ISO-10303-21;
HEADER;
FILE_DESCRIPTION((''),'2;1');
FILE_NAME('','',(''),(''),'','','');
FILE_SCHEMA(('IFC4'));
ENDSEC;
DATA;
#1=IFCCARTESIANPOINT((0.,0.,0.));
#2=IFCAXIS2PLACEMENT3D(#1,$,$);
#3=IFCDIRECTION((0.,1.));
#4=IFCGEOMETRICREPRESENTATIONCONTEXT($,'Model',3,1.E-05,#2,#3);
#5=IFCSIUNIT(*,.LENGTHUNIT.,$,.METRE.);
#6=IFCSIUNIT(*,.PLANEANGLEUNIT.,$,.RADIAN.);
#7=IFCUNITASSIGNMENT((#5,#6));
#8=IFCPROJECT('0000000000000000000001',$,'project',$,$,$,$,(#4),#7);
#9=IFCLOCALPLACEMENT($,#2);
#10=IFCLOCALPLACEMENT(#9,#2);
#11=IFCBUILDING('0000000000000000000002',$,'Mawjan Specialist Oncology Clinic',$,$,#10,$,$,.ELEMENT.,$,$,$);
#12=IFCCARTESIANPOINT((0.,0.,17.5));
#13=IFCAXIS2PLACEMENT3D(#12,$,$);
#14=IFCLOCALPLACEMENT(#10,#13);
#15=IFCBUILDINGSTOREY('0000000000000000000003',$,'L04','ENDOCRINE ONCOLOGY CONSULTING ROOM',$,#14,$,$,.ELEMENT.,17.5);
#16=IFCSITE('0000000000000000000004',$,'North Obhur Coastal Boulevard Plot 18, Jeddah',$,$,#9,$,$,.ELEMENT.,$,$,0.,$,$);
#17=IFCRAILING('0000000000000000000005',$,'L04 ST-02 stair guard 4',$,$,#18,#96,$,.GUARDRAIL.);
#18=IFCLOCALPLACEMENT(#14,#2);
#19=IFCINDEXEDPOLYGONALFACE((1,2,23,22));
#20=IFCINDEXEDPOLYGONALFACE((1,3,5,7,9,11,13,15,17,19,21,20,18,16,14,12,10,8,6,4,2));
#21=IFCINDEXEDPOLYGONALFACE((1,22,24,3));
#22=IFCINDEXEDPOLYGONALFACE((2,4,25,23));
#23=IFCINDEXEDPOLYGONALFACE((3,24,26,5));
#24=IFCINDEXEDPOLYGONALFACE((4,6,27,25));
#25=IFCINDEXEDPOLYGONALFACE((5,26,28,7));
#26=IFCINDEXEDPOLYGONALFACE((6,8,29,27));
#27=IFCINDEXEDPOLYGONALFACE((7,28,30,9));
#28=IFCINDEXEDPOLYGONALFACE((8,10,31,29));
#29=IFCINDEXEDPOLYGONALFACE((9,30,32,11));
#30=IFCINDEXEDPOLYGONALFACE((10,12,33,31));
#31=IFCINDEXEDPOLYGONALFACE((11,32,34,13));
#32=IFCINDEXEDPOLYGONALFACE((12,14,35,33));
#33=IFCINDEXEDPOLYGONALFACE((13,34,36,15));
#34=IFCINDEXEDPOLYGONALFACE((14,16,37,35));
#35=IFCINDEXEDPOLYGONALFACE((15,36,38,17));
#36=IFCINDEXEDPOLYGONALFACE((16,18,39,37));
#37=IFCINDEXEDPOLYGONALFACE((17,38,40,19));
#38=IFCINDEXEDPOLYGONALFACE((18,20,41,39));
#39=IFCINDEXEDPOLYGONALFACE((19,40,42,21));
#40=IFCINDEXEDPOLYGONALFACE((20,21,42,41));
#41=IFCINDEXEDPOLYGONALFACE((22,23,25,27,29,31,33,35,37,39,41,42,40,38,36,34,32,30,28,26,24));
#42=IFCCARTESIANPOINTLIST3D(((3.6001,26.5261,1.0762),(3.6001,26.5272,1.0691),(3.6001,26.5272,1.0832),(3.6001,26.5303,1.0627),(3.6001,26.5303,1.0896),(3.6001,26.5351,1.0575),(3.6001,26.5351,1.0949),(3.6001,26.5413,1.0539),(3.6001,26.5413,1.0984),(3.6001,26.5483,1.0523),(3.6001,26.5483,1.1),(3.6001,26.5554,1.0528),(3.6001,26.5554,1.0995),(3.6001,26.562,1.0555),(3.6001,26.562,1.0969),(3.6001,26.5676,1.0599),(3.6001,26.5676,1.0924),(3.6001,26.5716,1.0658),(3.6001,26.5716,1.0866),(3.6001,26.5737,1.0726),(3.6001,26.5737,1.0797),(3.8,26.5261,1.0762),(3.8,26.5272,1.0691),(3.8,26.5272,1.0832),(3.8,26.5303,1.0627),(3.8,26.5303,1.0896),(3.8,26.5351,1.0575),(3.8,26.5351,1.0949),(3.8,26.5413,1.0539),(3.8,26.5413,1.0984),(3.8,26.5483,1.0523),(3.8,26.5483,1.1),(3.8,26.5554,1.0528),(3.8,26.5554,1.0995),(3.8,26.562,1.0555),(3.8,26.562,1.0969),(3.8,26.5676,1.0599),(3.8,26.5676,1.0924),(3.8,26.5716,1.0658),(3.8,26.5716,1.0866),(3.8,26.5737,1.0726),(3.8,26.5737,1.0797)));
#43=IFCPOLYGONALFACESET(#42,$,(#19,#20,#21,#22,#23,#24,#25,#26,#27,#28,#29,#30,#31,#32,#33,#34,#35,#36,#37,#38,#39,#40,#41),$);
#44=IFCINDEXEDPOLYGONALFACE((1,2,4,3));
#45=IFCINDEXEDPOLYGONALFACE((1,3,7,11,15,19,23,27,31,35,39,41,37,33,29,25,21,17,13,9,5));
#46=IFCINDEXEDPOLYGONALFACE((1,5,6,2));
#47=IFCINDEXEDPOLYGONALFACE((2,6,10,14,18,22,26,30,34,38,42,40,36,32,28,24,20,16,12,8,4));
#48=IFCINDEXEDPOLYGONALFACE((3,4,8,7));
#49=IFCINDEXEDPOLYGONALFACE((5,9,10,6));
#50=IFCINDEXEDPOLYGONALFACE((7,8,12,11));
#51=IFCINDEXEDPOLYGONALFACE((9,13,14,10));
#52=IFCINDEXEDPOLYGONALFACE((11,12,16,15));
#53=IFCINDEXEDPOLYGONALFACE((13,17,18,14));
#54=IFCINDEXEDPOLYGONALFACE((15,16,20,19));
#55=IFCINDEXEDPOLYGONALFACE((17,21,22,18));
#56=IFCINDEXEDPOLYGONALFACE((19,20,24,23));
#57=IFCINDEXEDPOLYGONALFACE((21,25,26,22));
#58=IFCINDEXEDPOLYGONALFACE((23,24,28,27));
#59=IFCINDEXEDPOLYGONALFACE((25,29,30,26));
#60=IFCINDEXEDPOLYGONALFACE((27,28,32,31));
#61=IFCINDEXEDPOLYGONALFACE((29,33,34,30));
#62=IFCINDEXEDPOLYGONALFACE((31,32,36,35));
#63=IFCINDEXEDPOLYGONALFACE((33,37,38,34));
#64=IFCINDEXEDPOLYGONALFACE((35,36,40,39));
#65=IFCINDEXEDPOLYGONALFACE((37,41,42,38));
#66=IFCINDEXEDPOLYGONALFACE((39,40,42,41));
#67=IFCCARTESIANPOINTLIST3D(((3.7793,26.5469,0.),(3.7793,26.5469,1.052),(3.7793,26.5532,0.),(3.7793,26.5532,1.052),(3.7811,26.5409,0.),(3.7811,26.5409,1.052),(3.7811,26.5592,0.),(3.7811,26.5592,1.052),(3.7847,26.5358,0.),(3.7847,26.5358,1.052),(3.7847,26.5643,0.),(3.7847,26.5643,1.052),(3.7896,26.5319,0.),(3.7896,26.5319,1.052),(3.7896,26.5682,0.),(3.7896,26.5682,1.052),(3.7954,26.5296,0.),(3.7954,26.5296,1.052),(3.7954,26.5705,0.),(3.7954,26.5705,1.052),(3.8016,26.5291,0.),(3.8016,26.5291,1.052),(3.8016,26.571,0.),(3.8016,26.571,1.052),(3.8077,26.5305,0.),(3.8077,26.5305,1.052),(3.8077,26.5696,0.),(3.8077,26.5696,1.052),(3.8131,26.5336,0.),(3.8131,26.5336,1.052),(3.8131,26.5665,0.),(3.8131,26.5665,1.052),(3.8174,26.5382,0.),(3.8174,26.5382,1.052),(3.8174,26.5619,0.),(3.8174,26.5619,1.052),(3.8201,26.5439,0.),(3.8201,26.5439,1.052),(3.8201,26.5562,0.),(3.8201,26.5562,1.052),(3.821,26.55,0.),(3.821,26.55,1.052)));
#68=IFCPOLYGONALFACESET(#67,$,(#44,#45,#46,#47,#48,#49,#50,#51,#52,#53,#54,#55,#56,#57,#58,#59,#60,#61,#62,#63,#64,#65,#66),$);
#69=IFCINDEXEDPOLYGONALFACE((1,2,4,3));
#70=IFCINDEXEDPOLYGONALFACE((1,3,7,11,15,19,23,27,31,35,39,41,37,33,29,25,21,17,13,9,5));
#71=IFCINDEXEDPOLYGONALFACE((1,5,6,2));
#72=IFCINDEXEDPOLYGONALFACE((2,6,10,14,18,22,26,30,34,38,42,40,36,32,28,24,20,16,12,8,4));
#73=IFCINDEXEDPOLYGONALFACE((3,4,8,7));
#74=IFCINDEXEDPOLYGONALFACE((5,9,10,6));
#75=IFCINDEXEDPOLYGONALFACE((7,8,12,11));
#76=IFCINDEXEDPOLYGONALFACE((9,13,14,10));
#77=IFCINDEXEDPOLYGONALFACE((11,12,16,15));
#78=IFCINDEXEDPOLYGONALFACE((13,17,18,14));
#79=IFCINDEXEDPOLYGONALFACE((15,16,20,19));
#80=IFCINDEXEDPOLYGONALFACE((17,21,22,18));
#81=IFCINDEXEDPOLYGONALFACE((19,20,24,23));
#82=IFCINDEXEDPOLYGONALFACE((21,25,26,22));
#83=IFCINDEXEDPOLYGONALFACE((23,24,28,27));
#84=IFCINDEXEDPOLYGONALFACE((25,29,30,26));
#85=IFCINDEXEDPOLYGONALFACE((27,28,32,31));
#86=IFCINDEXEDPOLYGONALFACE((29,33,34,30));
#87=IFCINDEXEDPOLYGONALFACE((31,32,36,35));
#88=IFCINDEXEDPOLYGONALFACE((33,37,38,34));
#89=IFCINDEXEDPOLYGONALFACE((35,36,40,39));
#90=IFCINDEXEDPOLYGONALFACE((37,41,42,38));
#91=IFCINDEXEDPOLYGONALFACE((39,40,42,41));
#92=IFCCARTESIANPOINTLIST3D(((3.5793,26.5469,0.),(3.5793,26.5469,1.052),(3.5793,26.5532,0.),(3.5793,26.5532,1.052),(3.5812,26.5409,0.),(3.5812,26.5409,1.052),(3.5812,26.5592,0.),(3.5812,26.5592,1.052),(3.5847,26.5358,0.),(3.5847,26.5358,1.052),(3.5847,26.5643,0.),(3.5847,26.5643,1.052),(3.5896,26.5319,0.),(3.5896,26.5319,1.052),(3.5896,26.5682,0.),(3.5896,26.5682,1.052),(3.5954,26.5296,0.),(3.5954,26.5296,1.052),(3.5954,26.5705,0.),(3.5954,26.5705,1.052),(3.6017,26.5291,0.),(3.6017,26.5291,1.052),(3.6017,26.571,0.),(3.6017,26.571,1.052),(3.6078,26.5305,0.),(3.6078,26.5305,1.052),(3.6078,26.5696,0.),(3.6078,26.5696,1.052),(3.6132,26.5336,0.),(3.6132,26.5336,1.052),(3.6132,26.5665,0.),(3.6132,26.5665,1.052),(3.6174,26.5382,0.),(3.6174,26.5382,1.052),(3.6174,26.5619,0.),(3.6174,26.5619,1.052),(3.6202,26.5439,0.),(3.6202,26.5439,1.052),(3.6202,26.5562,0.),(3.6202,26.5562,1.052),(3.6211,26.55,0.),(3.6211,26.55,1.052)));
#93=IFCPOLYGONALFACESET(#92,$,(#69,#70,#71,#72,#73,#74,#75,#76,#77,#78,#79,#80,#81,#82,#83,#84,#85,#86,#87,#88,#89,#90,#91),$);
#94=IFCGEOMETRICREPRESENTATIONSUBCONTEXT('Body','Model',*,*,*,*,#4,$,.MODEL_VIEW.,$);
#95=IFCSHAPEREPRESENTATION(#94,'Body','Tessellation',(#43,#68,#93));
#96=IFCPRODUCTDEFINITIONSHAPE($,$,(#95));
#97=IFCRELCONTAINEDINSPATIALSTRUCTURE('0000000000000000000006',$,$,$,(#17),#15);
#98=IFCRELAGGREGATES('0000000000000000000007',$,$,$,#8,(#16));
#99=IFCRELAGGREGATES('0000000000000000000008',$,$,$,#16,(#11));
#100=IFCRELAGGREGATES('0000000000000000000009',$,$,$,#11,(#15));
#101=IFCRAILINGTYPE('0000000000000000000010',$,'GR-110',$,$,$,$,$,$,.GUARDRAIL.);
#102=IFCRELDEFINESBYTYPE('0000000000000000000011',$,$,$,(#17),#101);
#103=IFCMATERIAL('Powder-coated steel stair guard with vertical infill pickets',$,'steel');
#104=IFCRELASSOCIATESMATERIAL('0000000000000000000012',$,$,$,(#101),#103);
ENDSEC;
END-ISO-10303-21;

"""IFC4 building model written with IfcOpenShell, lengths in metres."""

from ifc_helpers import new_model, si_unit, direction, frame, origin, origin_2d, place, context, subcontext, project, spatial, circle, extrude, material, type_object, element, save


model = new_model("IFC4")

# Units and contexts
model_context = context("Model", 3, precision=1e-05, world=origin(), true_north=direction((0.0, 1.0)))
body_context = subcontext(model_context, "Body", "Model", "MODEL_VIEW")
ifc_project = project(units=[si_unit("LENGTHUNIT", "METRE"), si_unit("PLANEANGLEUNIT", "RADIAN")], contexts=[model_context])

# Site, building, storey
site_placement = place(None, origin())
site = spatial("IfcSite", under=ifc_project, at=site_placement, Name="North Obhur Coastal Boulevard Plot 18, Jeddah", CompositionType="ELEMENT", RefElevation=0.0)
building_placement = place(site_placement, origin())
building = spatial("IfcBuilding", under=site, at=building_placement, Name="Mawjan Specialist Oncology Clinic", CompositionType="ELEMENT")
storey_placement = place(building_placement, frame((0.0, 0.0, 17.5)))
storey = spatial("IfcBuildingStorey", under=building, at=storey_placement, Name="L04", Description="ENDOCRINE ONCOLOGY CONSULTING ROOM", CompositionType="ELEMENT", Elevation=17.5)

# Railing
ifc_material_1 = material(Name="Powder-coated steel stair guard with vertical infill pickets", Category="steel")
railing_type_1 = type_object("IfcRailingType", Name="GR-110", PredefinedType="GUARDRAIL", material=ifc_material_1)
railing_1_placement = place(storey_placement, frame((3.8, 26.55, 0.0)))
element("IfcRailing", 1, at=railing_1_placement, inside=storey, type_object=railing_type_1, Name="L04 ST-02 stair guard 4", PredefinedType="GUARDRAIL", context=body_context, shape_type="SweptSolid", body=[
    extrude(circle(Radius=0.0239, at=origin_2d()), frame((0.0, 0.0, 1.0762), z_axis=(-1.0, 0.0, 0.0), x_axis=(0.0, -1.0, 0.0)), (0.0, 0.0, 1.0), 0.2),
    extrude(circle(Radius=0.021, at=origin_2d()), origin(), (0.0, 0.0, 1.0), 1.052),
    extrude(circle(Radius=0.021, at=origin_2d()), frame((-0.2, 0.0, 0.0)), (0.0, 0.0, 1.0), 1.052),
])

save(model, "model.ifc")
